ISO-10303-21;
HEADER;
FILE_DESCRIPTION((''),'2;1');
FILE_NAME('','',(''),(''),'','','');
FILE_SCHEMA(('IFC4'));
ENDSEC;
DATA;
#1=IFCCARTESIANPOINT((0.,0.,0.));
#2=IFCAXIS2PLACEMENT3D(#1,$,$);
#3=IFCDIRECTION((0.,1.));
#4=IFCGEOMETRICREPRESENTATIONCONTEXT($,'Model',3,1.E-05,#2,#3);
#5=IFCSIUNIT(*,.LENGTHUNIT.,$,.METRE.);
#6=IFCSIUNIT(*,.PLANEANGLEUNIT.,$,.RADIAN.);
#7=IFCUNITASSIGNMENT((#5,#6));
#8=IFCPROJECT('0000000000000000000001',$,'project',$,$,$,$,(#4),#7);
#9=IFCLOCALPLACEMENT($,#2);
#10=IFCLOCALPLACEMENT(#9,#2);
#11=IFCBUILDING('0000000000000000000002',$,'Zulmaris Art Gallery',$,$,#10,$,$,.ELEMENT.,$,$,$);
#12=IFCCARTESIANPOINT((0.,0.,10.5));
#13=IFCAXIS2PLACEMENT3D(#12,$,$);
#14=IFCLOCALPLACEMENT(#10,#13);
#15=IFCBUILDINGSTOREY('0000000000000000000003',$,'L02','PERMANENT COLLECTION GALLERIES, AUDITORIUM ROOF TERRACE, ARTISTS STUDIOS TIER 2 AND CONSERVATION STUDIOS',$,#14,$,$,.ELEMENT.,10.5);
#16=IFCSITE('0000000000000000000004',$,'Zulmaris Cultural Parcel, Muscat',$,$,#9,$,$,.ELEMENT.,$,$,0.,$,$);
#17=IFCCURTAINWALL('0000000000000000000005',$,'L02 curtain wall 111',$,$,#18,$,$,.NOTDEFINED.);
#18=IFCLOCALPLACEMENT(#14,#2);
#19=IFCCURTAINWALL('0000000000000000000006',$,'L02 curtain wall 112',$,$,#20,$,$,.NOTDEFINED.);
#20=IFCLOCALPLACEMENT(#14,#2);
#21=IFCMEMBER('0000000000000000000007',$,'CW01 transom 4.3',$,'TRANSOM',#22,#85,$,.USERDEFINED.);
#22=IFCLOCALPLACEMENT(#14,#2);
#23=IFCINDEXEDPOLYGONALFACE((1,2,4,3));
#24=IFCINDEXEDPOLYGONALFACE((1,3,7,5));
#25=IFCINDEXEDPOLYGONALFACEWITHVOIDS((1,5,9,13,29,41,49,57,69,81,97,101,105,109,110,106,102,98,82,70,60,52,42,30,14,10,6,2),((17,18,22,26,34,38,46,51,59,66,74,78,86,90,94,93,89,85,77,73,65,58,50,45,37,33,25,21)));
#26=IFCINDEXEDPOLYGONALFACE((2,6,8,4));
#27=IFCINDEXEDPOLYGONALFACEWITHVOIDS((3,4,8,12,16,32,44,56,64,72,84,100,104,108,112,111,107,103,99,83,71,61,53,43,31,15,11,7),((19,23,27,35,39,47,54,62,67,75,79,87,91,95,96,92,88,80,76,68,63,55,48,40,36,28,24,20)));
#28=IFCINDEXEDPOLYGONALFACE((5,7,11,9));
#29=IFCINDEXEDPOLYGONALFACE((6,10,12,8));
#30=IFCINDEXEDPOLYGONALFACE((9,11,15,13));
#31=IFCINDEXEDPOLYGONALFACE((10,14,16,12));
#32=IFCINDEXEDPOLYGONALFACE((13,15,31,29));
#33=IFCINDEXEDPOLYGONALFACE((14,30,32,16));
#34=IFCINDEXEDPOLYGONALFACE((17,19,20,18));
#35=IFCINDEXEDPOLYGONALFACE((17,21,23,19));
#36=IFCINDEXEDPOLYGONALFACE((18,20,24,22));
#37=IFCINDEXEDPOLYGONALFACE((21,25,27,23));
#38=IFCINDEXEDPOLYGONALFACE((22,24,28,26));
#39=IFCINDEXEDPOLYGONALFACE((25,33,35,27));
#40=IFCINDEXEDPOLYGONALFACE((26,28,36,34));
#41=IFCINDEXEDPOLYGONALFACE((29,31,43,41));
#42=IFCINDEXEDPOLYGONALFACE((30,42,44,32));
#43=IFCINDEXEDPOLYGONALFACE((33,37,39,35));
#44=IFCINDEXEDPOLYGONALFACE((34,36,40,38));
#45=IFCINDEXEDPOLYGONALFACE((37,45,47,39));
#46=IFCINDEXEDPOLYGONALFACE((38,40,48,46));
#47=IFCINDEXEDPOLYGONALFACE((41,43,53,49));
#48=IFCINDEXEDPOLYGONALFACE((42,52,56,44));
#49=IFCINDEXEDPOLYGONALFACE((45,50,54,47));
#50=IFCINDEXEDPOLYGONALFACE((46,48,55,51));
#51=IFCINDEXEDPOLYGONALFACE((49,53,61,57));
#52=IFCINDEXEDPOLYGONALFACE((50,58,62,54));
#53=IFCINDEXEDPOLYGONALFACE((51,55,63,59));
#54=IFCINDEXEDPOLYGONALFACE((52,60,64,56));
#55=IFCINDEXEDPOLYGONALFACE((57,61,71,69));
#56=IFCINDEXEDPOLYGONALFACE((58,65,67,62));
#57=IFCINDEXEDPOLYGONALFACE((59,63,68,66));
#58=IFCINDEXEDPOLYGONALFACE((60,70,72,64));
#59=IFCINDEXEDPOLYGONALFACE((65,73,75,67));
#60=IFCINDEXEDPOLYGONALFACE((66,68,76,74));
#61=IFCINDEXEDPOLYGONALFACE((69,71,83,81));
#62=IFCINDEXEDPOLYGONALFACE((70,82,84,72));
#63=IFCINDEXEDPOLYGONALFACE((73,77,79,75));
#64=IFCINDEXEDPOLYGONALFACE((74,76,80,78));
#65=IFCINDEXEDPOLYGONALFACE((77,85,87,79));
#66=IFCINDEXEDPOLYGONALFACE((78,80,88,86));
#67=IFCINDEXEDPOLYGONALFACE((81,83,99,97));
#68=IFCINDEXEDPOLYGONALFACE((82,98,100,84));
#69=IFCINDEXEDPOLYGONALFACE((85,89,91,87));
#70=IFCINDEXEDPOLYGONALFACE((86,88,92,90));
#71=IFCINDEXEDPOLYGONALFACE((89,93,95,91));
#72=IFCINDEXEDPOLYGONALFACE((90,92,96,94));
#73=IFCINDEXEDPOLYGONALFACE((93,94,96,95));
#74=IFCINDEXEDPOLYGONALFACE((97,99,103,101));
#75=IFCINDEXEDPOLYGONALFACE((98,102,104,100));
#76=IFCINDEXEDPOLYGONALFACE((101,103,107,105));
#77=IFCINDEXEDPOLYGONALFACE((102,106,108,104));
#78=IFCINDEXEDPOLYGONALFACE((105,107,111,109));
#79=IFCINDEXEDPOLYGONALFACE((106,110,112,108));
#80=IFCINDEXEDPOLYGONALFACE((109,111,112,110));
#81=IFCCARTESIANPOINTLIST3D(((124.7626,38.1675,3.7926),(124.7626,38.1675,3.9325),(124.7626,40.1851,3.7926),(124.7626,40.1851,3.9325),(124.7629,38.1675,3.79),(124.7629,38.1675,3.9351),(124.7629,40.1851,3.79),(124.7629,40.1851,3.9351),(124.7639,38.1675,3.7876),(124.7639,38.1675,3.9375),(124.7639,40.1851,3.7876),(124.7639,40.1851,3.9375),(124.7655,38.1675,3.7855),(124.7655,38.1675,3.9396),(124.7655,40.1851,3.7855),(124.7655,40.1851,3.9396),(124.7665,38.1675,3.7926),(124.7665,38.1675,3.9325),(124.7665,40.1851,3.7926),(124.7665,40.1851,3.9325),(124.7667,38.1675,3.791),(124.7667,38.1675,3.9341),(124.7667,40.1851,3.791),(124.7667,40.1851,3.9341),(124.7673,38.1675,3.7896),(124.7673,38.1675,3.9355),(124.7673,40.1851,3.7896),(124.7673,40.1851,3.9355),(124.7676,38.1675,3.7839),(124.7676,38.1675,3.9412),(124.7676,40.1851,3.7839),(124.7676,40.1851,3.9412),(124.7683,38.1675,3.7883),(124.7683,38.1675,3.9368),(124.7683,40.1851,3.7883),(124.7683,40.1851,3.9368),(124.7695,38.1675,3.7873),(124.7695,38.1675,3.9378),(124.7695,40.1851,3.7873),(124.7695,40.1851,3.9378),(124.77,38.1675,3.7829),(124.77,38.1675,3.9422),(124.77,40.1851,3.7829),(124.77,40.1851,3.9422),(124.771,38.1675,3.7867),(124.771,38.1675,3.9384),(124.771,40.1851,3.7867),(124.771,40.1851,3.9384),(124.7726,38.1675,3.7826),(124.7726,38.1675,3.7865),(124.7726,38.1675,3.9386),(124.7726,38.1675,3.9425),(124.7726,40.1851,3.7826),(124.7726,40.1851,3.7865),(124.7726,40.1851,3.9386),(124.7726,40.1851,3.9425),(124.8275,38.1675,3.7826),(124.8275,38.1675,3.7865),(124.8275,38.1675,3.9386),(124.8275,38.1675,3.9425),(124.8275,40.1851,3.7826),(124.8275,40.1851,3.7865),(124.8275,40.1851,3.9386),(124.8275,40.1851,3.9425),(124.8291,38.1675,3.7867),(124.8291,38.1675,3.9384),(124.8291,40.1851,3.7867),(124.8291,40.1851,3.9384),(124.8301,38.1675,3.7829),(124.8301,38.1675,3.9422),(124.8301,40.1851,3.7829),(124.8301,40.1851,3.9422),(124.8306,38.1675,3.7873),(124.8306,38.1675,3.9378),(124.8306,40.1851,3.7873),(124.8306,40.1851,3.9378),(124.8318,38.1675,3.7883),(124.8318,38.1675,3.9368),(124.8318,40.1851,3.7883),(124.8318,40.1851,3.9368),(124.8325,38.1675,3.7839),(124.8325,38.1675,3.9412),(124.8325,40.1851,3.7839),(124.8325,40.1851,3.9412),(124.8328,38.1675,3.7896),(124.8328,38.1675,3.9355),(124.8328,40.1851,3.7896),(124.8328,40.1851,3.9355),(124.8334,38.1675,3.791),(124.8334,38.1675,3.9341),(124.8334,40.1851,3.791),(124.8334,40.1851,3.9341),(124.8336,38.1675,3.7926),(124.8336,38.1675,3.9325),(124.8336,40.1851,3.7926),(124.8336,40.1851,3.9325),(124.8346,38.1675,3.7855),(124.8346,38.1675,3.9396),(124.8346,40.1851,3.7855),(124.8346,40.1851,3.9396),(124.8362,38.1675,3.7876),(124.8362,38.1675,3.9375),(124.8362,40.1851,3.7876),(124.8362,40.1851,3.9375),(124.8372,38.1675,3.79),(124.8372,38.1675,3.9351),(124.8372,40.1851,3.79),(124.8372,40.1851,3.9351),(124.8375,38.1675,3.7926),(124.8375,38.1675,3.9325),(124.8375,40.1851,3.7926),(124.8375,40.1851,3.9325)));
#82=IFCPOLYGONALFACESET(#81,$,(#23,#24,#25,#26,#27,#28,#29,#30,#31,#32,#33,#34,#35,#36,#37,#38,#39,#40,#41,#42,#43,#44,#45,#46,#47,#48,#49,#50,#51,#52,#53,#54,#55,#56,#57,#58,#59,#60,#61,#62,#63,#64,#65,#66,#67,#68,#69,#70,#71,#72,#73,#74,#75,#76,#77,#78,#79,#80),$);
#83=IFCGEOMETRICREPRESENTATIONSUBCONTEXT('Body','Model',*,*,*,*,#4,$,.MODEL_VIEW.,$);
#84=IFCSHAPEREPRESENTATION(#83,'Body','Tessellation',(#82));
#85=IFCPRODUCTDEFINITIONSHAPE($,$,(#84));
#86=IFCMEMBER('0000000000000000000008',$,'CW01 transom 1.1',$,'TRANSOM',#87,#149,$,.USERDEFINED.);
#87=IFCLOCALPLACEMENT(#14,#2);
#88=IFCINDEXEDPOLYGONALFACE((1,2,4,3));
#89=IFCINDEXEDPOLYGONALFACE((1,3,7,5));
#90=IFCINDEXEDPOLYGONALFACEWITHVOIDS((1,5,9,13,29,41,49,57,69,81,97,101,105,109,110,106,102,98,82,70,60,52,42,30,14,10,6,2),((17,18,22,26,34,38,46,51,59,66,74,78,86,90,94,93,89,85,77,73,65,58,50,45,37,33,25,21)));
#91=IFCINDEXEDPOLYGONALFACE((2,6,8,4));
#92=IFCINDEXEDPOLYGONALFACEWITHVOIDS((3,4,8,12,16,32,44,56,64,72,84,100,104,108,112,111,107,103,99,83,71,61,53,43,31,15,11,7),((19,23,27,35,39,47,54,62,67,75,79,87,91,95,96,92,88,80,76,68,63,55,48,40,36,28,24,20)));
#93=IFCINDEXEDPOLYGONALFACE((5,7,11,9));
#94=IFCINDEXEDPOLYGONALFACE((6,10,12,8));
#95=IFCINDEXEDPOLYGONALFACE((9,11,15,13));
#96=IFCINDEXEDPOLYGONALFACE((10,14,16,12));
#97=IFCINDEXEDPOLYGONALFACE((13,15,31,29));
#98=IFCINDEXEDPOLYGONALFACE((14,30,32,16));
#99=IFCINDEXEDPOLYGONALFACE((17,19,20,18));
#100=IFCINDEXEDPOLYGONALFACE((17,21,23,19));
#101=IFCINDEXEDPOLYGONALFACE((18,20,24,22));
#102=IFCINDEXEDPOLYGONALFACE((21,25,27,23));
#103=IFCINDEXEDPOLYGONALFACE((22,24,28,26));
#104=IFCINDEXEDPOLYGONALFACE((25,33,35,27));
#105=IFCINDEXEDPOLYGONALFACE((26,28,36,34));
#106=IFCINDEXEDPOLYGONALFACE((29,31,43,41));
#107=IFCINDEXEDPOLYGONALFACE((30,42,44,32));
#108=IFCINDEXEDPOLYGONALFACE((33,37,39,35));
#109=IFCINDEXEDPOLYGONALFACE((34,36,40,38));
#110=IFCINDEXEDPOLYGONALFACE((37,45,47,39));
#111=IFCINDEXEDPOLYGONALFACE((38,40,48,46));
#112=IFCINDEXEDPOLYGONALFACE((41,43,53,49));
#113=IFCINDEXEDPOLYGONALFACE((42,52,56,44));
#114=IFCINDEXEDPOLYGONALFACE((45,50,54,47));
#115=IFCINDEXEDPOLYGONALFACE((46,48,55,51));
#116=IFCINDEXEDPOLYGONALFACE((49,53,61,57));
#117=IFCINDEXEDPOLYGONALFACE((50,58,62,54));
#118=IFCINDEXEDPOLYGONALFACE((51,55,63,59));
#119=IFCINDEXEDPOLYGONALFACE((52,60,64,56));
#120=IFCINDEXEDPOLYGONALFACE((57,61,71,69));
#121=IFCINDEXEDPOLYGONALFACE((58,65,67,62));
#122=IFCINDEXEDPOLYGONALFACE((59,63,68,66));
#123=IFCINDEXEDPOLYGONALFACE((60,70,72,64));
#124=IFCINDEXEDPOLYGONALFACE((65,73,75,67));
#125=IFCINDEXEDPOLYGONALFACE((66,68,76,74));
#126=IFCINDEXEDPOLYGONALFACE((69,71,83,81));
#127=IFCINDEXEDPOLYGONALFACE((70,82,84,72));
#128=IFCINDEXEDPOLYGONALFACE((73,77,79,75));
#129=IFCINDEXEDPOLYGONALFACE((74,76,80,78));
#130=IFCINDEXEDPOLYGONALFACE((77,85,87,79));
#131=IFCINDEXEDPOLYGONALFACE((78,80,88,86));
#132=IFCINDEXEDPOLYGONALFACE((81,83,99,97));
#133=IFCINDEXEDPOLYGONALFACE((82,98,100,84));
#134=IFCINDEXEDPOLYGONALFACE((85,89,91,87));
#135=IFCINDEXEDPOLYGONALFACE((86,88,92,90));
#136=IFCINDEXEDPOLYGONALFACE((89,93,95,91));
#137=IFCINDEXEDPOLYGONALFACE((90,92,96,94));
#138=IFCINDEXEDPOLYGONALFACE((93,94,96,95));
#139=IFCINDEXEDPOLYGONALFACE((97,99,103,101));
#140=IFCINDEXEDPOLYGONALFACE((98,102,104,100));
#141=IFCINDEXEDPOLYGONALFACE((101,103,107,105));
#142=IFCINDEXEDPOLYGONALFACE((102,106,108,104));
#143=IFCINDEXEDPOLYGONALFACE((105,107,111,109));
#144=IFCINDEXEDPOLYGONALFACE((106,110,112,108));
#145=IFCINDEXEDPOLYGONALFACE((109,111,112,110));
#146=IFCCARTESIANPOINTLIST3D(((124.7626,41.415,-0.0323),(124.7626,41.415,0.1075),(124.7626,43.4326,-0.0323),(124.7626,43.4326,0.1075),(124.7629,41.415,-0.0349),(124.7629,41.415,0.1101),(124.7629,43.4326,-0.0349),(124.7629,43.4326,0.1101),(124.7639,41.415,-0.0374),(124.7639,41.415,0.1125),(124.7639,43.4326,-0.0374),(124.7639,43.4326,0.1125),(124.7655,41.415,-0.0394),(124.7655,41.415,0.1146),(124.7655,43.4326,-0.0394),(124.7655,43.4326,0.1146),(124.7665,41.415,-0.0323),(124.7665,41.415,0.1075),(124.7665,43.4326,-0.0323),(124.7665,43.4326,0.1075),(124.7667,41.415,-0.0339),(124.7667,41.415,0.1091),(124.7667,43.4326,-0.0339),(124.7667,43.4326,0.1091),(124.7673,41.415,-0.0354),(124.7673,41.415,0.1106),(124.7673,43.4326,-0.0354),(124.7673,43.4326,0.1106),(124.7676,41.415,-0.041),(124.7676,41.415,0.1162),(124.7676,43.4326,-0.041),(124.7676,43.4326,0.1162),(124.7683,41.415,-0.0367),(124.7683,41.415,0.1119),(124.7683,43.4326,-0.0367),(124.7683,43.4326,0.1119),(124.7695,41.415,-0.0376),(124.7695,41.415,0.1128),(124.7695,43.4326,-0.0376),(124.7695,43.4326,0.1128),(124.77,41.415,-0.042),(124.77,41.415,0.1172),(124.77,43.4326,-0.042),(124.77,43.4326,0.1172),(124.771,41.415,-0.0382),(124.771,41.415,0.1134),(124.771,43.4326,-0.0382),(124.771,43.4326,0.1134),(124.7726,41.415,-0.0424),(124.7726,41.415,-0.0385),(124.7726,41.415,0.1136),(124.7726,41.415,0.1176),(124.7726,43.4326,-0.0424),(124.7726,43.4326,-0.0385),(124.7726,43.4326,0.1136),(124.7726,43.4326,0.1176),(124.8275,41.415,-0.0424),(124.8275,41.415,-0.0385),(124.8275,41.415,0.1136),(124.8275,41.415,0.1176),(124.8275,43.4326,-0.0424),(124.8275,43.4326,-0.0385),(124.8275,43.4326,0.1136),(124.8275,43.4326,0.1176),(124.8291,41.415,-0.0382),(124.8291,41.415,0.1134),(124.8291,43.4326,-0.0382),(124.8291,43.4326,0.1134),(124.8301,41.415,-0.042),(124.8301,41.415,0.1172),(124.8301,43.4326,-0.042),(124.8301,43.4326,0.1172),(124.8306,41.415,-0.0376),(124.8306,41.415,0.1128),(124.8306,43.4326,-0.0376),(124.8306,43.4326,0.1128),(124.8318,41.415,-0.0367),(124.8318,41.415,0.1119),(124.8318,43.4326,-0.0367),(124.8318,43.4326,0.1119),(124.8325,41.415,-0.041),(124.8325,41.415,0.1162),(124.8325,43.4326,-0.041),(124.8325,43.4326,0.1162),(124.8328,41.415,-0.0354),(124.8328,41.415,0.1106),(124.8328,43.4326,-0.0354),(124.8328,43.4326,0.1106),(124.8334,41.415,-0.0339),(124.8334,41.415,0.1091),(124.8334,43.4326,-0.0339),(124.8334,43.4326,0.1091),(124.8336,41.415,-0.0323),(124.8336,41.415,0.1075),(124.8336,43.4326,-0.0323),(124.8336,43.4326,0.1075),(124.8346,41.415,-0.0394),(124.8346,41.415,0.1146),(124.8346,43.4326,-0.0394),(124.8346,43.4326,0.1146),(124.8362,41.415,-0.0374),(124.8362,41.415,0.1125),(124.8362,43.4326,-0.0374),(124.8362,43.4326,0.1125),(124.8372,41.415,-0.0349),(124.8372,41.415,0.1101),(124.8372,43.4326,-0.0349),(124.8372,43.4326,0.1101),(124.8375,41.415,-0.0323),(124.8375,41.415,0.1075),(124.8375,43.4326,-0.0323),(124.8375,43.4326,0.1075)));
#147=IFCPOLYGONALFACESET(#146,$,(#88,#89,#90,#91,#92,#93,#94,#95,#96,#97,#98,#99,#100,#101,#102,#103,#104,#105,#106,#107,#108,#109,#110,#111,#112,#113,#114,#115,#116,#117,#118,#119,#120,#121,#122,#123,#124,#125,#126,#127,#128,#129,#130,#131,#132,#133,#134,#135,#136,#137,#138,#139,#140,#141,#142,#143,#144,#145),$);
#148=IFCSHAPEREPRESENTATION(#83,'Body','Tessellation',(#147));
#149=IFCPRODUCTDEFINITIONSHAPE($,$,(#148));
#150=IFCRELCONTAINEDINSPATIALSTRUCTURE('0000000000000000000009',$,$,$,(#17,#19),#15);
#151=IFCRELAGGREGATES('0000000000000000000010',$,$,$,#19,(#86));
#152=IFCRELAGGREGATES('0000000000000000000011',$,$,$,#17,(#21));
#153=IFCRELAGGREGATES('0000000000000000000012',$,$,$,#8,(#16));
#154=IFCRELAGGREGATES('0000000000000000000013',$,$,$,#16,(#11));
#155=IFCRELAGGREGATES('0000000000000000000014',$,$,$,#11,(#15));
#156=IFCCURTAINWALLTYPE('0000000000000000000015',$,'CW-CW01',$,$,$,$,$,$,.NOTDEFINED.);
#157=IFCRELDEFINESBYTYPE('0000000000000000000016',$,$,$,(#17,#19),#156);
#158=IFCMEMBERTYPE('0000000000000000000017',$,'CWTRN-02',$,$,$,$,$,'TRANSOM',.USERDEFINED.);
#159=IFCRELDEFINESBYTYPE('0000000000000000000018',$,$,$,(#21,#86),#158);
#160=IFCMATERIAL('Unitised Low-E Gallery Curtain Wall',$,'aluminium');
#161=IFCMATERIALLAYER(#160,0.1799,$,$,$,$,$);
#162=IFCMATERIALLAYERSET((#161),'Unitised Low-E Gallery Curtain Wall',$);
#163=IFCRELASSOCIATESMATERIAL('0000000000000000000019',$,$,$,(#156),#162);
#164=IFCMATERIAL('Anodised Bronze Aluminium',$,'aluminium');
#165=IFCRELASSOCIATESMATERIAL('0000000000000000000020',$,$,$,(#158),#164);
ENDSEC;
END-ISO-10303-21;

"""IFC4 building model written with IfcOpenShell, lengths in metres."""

from ifc_helpers import new_model, si_unit, direction, frame, origin, origin_2d, place, context, subcontext, project, spatial, hollow_rectangle, extrude, material, layer, layer_set, material_profile, profile_set, type_object, element, aggregate, save


model = new_model("IFC4")

# Units and contexts
model_context = context("Model", 3, precision=1e-05, world=origin(), true_north=direction((0.0, 1.0)))
body_context = subcontext(model_context, "Body", "Model", "MODEL_VIEW")
ifc_project = project(units=[si_unit("LENGTHUNIT", "METRE"), si_unit("PLANEANGLEUNIT", "RADIAN")], contexts=[model_context])

# Site, building, storey
site_placement = place(None, origin())
site = spatial("IfcSite", under=ifc_project, at=site_placement, Name="Zulmaris Cultural Parcel, Muscat", CompositionType="ELEMENT", RefElevation=0.0)
building_placement = place(site_placement, origin())
building = spatial("IfcBuilding", under=site, at=building_placement, Name="Zulmaris Art Gallery", CompositionType="ELEMENT")
storey_placement = place(building_placement, frame((0.0, 0.0, 10.5)))
storey = spatial("IfcBuildingStorey", under=building, at=storey_placement, Name="L02", Description="PERMANENT COLLECTION GALLERIES, AUDITORIUM ROOF TERRACE, ARTISTS STUDIOS TIER 2 AND CONSERVATION STUDIOS", CompositionType="ELEMENT", Elevation=10.5)

# Curtain wall
ifc_material_1 = material(Name="Unitised Low-E Gallery Curtain Wall", Category="aluminium")
ifc_layer_1 = layer(ifc_material_1, 0.1799)
ifc_layer_set_1 = layer_set([ifc_layer_1], Name="Unitised Low-E Gallery Curtain Wall")
curtain_wall_type = type_object("IfcCurtainWallType", Name="CW-CW01", PredefinedType="NOTDEFINED", material=ifc_layer_set_1)
curtain_wall_1_placement = place(storey_placement, origin())
curtain_wall_1 = element("IfcCurtainWall", 1, at=curtain_wall_1_placement, inside=storey, type_object=curtain_wall_type, Name="L02 curtain wall 111", PredefinedType="NOTDEFINED")
ifc_material_2 = material(Name="Anodised Bronze Aluminium", Category="aluminium")

# Curtain wall
curtain_wall_2_placement = place(storey_placement, origin())
curtain_wall_2 = element("IfcCurtainWall", 2, at=curtain_wall_2_placement, inside=storey, type_object=curtain_wall_type, Name="L02 curtain wall 112", PredefinedType="NOTDEFINED")

# Members
ifc_material_profile_1 = material_profile(ifc_material_2, hollow_rectangle(XDim=0.075, YDim=0.1599, WallThickness=0.0039, InnerFilletRadius=0.0061, OuterFilletRadius=0.01, at=origin_2d()), Name="ALU 75x160x4")
ifc_profile_set_1 = profile_set([ifc_material_profile_1], Name="Anodised Bronze Aluminium")
member_type_1 = type_object("IfcMemberType", Name="CWTRN-02", ElementType="TRANSOM", PredefinedType="USERDEFINED", material=ifc_profile_set_1)
member_1_placement = place(storey_placement, frame((124.8, 38.1675, 3.8625), z_axis=(0.0, 1.0, 0.0), x_axis=(-1.0, 0.0, 0.0)))
member_1 = element("IfcMember", 3, at=member_1_placement, type_object=member_type_1, Name="CW01 transom 4.3", ObjectType="TRANSOM", PredefinedType="USERDEFINED", context=body_context, shape_type="SweptSolid", body=[
    extrude(hollow_rectangle(XDim=0.075, YDim=0.1599, WallThickness=0.0039, InnerFilletRadius=0.0061, OuterFilletRadius=0.01, at=origin_2d()), origin(), (0.0, 0.0, 1.0), 2.0176),
])
member_2_placement = place(storey_placement, frame((124.8, 41.415, 0.0376), z_axis=(0.0, 1.0, 0.0), x_axis=(-1.0, 0.0, 0.0)))
member_2 = element("IfcMember", 4, at=member_2_placement, type_object=member_type_1, Name="CW01 transom 1.1", ObjectType="TRANSOM", PredefinedType="USERDEFINED", context=body_context, shape_type="SweptSolid", body=[
    extrude(hollow_rectangle(XDim=0.075, YDim=0.1599, WallThickness=0.0039, InnerFilletRadius=0.0061, OuterFilletRadius=0.01, at=origin_2d()), origin(), (0.0, 0.0, 1.0), 2.0176),
])
aggregate(curtain_wall_2, [member_2])

aggregate(curtain_wall_1, [member_1])

save(model, "model.ifc")
